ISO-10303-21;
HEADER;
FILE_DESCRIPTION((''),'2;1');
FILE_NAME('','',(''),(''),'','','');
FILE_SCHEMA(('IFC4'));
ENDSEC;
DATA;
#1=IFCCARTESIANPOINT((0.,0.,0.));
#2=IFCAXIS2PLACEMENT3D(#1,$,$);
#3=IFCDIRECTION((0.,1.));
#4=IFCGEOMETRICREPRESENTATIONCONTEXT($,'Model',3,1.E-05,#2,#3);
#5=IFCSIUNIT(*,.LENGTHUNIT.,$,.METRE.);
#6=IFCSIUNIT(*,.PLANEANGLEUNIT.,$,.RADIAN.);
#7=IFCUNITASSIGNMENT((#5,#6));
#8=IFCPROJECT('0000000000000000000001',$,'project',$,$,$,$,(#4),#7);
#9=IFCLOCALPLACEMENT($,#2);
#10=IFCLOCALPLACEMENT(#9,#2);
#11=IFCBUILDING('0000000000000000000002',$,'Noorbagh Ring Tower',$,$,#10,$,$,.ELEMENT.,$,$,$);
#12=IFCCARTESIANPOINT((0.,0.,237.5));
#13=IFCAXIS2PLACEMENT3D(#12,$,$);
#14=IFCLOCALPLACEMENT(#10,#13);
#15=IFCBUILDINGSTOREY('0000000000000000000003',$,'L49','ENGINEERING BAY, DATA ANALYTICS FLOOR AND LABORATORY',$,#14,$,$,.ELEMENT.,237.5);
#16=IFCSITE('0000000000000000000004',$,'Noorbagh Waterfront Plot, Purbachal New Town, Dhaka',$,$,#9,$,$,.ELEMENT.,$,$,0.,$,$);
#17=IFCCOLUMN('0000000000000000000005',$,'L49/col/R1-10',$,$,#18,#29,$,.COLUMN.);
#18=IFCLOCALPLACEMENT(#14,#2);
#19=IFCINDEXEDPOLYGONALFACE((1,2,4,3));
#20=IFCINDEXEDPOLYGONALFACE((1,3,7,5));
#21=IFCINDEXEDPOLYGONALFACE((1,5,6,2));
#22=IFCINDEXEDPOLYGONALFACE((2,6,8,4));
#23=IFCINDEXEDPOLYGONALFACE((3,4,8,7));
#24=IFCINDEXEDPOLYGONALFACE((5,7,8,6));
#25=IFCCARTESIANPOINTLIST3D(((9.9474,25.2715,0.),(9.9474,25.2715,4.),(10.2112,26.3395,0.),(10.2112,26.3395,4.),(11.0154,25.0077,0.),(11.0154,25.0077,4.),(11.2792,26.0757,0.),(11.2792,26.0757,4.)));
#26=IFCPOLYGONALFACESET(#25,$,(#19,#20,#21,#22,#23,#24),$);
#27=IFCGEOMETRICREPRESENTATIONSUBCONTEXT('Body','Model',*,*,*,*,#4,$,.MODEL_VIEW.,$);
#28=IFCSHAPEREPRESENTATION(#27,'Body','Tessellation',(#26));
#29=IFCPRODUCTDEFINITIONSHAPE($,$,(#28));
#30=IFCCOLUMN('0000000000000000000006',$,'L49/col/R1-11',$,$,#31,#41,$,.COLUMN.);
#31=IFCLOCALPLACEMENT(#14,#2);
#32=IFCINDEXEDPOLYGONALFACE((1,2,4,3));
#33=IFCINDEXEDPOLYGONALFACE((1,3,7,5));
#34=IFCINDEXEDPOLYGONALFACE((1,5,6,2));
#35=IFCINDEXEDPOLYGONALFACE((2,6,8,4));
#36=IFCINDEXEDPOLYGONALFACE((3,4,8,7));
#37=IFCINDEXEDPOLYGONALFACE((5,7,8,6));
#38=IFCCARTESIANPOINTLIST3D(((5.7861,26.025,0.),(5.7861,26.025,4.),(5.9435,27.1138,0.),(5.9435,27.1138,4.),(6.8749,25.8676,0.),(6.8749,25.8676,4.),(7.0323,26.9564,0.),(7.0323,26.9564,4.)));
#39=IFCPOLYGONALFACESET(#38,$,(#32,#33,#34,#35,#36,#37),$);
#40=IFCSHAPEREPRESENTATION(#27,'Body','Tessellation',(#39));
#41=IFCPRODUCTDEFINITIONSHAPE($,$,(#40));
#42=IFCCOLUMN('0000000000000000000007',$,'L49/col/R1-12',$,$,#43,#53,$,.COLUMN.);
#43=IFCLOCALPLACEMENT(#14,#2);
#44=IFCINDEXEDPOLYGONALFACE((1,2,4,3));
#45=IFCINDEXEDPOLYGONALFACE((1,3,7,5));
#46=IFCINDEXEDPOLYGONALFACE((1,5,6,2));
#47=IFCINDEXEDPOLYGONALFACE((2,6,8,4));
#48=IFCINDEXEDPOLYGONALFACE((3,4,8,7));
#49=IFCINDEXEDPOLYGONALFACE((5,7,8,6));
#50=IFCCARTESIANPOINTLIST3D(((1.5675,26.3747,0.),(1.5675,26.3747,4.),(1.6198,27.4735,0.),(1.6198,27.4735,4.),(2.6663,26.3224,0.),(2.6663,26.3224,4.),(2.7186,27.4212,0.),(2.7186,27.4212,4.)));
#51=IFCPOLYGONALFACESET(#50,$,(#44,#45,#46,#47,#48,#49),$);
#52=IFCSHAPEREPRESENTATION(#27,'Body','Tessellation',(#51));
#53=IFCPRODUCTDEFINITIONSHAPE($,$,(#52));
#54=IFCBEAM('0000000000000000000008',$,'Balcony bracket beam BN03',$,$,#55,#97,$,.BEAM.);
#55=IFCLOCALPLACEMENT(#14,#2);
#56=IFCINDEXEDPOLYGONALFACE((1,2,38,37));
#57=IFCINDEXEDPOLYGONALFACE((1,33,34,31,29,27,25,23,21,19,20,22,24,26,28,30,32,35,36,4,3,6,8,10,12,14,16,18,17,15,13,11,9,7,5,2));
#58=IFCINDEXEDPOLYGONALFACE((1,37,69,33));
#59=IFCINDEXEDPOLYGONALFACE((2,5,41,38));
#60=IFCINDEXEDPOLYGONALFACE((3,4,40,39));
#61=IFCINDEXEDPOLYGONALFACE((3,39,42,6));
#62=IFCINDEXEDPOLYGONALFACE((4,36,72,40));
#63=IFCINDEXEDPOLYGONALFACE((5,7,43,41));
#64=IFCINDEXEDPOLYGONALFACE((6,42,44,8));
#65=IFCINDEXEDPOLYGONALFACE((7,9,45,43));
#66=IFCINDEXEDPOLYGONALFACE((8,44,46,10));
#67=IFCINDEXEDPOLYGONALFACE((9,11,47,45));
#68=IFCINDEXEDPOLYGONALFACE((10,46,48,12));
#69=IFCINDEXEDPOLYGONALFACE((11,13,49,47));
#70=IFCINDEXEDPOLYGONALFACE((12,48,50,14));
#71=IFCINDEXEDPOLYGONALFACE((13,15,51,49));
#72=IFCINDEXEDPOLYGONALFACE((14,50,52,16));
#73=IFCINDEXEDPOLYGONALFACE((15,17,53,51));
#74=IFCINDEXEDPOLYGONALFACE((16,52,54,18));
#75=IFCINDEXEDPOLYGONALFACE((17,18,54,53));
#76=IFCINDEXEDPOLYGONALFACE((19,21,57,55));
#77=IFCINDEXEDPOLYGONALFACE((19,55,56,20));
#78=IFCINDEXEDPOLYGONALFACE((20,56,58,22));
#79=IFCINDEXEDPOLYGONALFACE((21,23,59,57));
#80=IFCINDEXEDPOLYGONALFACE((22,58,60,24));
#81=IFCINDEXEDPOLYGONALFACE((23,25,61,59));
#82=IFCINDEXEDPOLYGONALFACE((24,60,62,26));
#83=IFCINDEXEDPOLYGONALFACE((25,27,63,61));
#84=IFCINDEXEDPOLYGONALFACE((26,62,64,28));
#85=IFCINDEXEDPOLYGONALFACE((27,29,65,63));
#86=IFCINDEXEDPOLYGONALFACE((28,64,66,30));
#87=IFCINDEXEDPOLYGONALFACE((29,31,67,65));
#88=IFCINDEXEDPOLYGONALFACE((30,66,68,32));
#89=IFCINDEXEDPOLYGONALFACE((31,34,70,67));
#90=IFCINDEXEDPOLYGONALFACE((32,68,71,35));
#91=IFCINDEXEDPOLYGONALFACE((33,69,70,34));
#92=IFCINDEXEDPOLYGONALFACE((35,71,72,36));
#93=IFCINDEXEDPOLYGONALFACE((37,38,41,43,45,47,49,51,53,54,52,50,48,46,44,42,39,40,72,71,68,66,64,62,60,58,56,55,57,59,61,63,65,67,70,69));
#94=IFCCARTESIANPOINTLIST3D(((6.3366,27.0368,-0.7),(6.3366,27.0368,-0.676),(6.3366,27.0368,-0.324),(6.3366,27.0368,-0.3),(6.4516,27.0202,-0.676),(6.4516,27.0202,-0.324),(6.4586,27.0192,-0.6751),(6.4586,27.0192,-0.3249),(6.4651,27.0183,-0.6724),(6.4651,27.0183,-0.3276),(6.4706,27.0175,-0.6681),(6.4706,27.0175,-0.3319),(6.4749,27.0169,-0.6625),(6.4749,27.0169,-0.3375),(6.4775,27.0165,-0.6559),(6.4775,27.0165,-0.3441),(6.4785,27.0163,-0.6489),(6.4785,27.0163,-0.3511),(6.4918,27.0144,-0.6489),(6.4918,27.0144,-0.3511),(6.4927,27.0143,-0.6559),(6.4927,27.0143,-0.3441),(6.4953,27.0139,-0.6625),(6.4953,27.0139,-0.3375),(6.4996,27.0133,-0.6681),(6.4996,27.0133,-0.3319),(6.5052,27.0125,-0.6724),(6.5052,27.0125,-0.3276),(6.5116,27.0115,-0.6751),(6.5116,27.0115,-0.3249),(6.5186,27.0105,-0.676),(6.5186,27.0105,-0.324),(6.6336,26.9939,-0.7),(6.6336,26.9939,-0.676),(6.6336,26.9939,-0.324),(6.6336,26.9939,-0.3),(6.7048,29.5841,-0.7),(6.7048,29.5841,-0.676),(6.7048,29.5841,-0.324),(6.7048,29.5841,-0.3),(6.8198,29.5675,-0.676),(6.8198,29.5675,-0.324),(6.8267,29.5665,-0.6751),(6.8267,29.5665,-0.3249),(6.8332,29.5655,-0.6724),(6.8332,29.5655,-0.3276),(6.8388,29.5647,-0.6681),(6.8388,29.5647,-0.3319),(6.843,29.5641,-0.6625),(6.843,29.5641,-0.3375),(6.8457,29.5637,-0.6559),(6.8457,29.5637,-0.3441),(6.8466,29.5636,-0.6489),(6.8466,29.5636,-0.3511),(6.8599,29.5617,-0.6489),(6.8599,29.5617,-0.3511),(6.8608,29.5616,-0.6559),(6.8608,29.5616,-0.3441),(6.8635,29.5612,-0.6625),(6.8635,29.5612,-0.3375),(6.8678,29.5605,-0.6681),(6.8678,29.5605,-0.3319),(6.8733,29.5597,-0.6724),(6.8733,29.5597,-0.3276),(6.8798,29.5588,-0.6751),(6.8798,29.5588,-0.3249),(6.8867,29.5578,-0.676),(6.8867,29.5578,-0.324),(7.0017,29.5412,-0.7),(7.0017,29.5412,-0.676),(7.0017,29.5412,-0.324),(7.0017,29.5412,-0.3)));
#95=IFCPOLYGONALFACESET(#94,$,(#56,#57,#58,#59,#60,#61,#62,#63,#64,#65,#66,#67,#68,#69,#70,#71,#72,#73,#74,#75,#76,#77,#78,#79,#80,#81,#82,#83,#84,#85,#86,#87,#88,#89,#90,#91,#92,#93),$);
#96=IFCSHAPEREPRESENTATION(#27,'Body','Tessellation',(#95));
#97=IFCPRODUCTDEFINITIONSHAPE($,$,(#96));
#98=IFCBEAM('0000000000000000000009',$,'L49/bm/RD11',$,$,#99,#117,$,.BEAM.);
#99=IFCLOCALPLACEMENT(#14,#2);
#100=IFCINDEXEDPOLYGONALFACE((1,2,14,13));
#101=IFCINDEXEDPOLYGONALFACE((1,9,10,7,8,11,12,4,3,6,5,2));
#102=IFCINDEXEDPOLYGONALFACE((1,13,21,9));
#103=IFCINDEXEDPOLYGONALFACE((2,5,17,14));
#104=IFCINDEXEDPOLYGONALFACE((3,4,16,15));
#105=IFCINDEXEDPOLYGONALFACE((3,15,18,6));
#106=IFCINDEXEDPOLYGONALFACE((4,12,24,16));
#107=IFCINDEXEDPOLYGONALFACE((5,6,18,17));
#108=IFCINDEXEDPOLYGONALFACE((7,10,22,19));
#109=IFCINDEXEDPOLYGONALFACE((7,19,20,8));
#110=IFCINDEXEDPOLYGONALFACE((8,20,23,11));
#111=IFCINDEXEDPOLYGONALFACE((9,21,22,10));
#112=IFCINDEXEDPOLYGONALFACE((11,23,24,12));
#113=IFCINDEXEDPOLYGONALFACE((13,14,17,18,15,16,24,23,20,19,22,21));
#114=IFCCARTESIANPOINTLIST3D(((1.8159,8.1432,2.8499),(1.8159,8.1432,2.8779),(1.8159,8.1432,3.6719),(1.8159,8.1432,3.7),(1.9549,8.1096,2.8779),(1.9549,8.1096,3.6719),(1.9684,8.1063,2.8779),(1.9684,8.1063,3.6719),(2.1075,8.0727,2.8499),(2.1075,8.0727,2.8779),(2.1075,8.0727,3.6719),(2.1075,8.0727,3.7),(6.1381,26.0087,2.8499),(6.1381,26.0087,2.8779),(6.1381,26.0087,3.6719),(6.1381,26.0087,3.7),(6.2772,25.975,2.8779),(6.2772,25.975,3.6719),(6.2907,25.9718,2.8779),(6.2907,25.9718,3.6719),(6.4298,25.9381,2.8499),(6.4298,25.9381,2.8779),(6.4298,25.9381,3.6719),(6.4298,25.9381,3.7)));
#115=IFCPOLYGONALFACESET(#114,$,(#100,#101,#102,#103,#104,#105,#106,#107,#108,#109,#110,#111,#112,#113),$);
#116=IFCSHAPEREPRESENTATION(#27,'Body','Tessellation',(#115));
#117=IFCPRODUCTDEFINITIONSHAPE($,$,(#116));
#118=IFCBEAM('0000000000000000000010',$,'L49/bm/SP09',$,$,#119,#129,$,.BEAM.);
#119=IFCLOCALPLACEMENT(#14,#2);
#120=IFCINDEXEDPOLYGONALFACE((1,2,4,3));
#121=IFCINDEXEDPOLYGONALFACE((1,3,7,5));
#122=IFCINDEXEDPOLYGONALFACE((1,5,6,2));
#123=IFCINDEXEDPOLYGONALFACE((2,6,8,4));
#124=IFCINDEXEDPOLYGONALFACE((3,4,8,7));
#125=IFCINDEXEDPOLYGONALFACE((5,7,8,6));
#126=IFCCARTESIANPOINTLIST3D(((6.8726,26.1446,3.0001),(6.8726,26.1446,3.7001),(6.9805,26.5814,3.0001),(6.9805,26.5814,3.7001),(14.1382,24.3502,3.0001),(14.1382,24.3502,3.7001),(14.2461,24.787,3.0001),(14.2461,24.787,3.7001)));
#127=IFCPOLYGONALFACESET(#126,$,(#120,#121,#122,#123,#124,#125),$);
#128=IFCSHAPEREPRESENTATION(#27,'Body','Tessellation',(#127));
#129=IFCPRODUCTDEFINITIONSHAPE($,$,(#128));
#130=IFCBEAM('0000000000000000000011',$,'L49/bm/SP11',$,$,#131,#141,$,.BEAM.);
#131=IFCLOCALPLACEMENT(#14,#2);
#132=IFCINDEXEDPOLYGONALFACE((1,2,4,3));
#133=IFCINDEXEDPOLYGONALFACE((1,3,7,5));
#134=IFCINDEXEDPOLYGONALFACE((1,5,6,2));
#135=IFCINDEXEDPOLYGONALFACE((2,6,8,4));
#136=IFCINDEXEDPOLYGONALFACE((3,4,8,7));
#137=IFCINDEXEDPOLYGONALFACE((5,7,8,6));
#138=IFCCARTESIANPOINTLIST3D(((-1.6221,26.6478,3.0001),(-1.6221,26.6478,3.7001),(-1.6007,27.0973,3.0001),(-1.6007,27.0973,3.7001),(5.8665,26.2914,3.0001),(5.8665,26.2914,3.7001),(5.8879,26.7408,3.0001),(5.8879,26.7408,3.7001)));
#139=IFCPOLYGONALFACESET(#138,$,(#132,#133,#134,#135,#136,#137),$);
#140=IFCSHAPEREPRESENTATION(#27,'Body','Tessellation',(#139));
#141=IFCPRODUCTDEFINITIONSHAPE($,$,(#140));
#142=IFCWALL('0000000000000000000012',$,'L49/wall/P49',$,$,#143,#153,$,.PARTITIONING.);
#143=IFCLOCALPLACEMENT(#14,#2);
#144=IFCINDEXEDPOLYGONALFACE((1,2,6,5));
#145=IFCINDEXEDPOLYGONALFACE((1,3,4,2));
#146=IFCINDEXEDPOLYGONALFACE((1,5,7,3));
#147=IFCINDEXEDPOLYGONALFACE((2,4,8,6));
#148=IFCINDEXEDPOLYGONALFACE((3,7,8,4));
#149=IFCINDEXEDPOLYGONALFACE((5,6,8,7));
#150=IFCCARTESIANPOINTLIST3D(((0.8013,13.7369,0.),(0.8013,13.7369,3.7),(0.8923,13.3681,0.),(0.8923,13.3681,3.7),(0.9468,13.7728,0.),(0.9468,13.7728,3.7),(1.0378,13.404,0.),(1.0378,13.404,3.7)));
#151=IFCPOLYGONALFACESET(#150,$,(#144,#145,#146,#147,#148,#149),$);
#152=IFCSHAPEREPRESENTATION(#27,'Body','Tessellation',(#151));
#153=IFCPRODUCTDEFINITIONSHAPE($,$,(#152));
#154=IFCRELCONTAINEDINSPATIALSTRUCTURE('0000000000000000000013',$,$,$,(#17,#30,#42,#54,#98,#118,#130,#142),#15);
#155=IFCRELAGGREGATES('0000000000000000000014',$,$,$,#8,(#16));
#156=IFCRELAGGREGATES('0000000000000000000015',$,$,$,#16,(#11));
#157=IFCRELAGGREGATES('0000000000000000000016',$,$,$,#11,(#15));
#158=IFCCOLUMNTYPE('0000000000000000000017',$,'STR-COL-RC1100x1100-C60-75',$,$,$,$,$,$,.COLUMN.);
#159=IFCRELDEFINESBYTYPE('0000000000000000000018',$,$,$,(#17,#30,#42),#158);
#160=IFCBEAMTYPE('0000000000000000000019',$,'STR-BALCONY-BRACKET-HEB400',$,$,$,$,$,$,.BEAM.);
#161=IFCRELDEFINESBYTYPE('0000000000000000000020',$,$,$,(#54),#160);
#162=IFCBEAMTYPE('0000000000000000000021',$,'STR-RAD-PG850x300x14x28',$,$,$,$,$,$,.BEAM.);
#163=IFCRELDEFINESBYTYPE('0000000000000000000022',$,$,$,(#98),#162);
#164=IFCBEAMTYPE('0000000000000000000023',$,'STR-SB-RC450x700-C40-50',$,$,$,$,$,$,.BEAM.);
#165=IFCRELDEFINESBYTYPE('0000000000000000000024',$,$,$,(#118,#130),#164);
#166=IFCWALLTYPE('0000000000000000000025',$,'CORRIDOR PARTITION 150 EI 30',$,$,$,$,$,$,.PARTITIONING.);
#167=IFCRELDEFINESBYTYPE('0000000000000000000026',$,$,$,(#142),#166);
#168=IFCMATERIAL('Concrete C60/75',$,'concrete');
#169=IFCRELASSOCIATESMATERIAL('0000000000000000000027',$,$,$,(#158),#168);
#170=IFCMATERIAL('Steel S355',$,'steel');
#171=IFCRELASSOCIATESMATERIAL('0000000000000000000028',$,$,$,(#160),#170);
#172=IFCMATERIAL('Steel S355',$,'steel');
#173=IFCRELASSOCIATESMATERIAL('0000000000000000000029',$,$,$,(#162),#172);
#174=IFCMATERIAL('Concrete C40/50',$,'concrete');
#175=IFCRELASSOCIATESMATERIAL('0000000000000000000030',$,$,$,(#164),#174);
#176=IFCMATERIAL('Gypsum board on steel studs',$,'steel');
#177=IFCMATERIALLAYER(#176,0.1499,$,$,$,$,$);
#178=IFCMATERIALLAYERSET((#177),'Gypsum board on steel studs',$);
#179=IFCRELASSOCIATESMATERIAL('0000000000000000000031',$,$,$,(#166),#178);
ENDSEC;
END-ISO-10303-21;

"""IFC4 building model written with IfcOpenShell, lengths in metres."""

from ifc_helpers import new_model, si_unit, direction, frame, frame_2d, origin, origin_2d, place, context, subcontext, project, spatial, rectangle, i_section, extrude, material, layer, layer_set, material_profile, profile_set, type_object, element, save


model = new_model("IFC4")

# Units and contexts
model_context = context("Model", 3, precision=1e-05, world=origin(), true_north=direction((0.0, 1.0)))
body_context = subcontext(model_context, "Body", "Model", "MODEL_VIEW")
ifc_project = project(units=[si_unit("LENGTHUNIT", "METRE"), si_unit("PLANEANGLEUNIT", "RADIAN")], contexts=[model_context])

# Site, building, storey
site_placement = place(None, origin())
site = spatial("IfcSite", under=ifc_project, at=site_placement, Name="Noorbagh Waterfront Plot, Purbachal New Town, Dhaka", CompositionType="ELEMENT", RefElevation=0.0)
building_placement = place(site_placement, origin())
building = spatial("IfcBuilding", under=site, at=building_placement, Name="Noorbagh Ring Tower", CompositionType="ELEMENT")
storey_placement = place(building_placement, frame((0.0, 0.0, 237.5)))
storey = spatial("IfcBuildingStorey", under=building, at=storey_placement, Name="L49", Description="ENGINEERING BAY, DATA ANALYTICS FLOOR AND LABORATORY", CompositionType="ELEMENT", Elevation=237.5)

# Columns
ifc_material_1 = material(Name="Concrete C60/75", Category="concrete")
ifc_material_profile_1 = material_profile(ifc_material_1, rectangle(XDim=1.1001, YDim=1.1001, at=origin_2d()), Name="RC1100x1100")
ifc_profile_set_1 = profile_set([ifc_material_profile_1], Name="Concrete C60/75")
column_type = type_object("IfcColumnType", Name="STR-COL-RC1100x1100-C60-75", PredefinedType="COLUMN", material=ifc_profile_set_1)
for number, where, z_axis, x_axis, name in (
    (1, (10.6133, 25.6736, 0.0), (0.0, 0.0, 1.0), (-0.970829, 0.239771, 0.0), "L49/col/R1-10"),
    (2, (6.4092, 26.4907, 0.0), (0.0, 0.0, 1.0), (-0.989713, 0.143066, 0.0), "L49/col/R1-11"),
    (3, (2.1431, 26.8979, 0.0), (0.0, 0.0, 1.0), (-0.998869, 0.047553, 0.0), "L49/col/R1-12"),
):
    element("IfcColumn", number, at=place(storey_placement, frame(where, z_axis=z_axis, x_axis=x_axis)), inside=storey, type_object=column_type, Name=name, PredefinedType="COLUMN", context=body_context, shape_type="SweptSolid", body=[
        extrude(rectangle(XDim=1.1001, YDim=1.1001, at=origin_2d()), origin(), (0.0, 0.0, 1.0), 4.0),
    ])

# Beams
ifc_material_2 = material(Name="Steel S355", Category="steel")
ifc_material_profile_2 = material_profile(ifc_material_2, i_section(OverallWidth=0.3, OverallDepth=0.3999, WebThickness=0.0134, FlangeThickness=0.0239, FilletRadius=0.0271, at=origin_2d()), Name="HEB400")
ifc_profile_set_2 = profile_set([ifc_material_profile_2], Name="Steel S355")
beam_type_1 = type_object("IfcBeamType", Name="STR-BALCONY-BRACKET-HEB400", PredefinedType="BEAM", material=ifc_profile_set_2)
beam_1_placement = place(storey_placement, frame((6.4851, 27.0154, -0.5), z_axis=(0.143041, 0.989717, 0.0), x_axis=(-0.989717, 0.143041, 0.0)))
element("IfcBeam", 4, at=beam_1_placement, inside=storey, type_object=beam_type_1, Name="Balcony bracket beam BN03", PredefinedType="BEAM", context=body_context, shape_type="SweptSolid", body=[
    extrude(i_section(OverallWidth=0.3, OverallDepth=0.3999, WebThickness=0.0134, FlangeThickness=0.0239, FilletRadius=0.0271, at=origin_2d()), origin(), (0.0, 0.0, 1.0), 2.5737),
])
ifc_material_3 = material(Name="Steel S355", Category="steel")
ifc_material_profile_3 = material_profile(ifc_material_3, i_section(OverallWidth=0.3, OverallDepth=0.8501, WebThickness=0.0139, FlangeThickness=0.0281, at=origin_2d()), Name="PG850x300x14x28")
ifc_profile_set_3 = profile_set([ifc_material_profile_3], Name="Steel S355")
beam_type_2 = type_object("IfcBeamType", Name="STR-RAD-PG850x300x14x28", PredefinedType="BEAM", material=ifc_profile_set_3)
beam_2_placement = place(storey_placement, frame((6.2839, 25.9734, 3.2749), z_axis=(-0.23515, -0.971959, 0.0), x_axis=(0.971959, -0.23515, 0.0)))
element("IfcBeam", 5, at=beam_2_placement, inside=storey, type_object=beam_type_2, Name="L49/bm/RD11", PredefinedType="BEAM", context=body_context, shape_type="SweptSolid", body=[
    extrude(i_section(OverallWidth=0.3, OverallDepth=0.8501, WebThickness=0.0139, FlangeThickness=0.0281, at=origin_2d()), origin(), (0.0, 0.0, 1.0), 18.3809),
])
ifc_material_4 = material(Name="Concrete C40/50", Category="concrete")
ifc_material_profile_4 = material_profile(ifc_material_4, rectangle(XDim=0.45, YDim=0.7, at=origin_2d()), Name="RC450x700")
ifc_profile_set_4 = profile_set([ifc_material_profile_4], Name="Concrete C40/50")
beam_type_3 = type_object("IfcBeamType", Name="STR-SB-RC450x700-C40-50", PredefinedType="BEAM", material=ifc_profile_set_4)
beam_3_placement = place(storey_placement, frame((14.1921, 24.5686, 3.3501), z_axis=(-0.970829, 0.239771, 0.0), x_axis=(-0.239771, -0.970829, 0.0)))
element("IfcBeam", 6, at=beam_3_placement, inside=storey, type_object=beam_type_3, Name="L49/bm/SP09", PredefinedType="BEAM", context=body_context, shape_type="SweptSolid", body=[
    extrude(rectangle(XDim=0.45, YDim=0.7, at=origin_2d()), origin(), (0.0, 0.0, 1.0), 7.4839),
])
beam_4_placement = place(storey_placement, frame((5.8772, 26.5161, 3.3501), z_axis=(-0.998869, 0.047545, 0.0), x_axis=(-0.047545, -0.998869, 0.0)))
element("IfcBeam", 7, at=beam_4_placement, inside=storey, type_object=beam_type_3, Name="L49/bm/SP11", PredefinedType="BEAM", context=body_context, shape_type="SweptSolid", body=[
    extrude(rectangle(XDim=0.45, YDim=0.7, at=origin_2d()), origin(), (0.0, 0.0, 1.0), 7.4971),
])

# Wall
ifc_material_5 = material(Name="Gypsum board on steel studs", Category="steel")
ifc_layer_1 = layer(ifc_material_5, 0.1499)
ifc_layer_set_1 = layer_set([ifc_layer_1], Name="Gypsum board on steel studs")
wall_type_1 = type_object("IfcWallType", Name="CORRIDOR PARTITION 150 EI 30", PredefinedType="PARTITIONING", material=ifc_layer_set_1)
wall_1_placement = place(storey_placement, frame((0.874, 13.7549, 0.0), z_axis=(0.0, 0.0, 1.0), x_axis=(0.239662, -0.970856, 0.0)))
element("IfcWall", 8, at=wall_1_placement, inside=storey, type_object=wall_type_1, Name="L49/wall/P49", PredefinedType="PARTITIONING", context=body_context, shape_type="SweptSolid", body=[
    extrude(rectangle(XDim=0.3799, YDim=0.1499, at=frame_2d((0.1899, 0.0))), origin(), (0.0, 0.0, 1.0), 3.7),
])

save(model, "model.ifc")
